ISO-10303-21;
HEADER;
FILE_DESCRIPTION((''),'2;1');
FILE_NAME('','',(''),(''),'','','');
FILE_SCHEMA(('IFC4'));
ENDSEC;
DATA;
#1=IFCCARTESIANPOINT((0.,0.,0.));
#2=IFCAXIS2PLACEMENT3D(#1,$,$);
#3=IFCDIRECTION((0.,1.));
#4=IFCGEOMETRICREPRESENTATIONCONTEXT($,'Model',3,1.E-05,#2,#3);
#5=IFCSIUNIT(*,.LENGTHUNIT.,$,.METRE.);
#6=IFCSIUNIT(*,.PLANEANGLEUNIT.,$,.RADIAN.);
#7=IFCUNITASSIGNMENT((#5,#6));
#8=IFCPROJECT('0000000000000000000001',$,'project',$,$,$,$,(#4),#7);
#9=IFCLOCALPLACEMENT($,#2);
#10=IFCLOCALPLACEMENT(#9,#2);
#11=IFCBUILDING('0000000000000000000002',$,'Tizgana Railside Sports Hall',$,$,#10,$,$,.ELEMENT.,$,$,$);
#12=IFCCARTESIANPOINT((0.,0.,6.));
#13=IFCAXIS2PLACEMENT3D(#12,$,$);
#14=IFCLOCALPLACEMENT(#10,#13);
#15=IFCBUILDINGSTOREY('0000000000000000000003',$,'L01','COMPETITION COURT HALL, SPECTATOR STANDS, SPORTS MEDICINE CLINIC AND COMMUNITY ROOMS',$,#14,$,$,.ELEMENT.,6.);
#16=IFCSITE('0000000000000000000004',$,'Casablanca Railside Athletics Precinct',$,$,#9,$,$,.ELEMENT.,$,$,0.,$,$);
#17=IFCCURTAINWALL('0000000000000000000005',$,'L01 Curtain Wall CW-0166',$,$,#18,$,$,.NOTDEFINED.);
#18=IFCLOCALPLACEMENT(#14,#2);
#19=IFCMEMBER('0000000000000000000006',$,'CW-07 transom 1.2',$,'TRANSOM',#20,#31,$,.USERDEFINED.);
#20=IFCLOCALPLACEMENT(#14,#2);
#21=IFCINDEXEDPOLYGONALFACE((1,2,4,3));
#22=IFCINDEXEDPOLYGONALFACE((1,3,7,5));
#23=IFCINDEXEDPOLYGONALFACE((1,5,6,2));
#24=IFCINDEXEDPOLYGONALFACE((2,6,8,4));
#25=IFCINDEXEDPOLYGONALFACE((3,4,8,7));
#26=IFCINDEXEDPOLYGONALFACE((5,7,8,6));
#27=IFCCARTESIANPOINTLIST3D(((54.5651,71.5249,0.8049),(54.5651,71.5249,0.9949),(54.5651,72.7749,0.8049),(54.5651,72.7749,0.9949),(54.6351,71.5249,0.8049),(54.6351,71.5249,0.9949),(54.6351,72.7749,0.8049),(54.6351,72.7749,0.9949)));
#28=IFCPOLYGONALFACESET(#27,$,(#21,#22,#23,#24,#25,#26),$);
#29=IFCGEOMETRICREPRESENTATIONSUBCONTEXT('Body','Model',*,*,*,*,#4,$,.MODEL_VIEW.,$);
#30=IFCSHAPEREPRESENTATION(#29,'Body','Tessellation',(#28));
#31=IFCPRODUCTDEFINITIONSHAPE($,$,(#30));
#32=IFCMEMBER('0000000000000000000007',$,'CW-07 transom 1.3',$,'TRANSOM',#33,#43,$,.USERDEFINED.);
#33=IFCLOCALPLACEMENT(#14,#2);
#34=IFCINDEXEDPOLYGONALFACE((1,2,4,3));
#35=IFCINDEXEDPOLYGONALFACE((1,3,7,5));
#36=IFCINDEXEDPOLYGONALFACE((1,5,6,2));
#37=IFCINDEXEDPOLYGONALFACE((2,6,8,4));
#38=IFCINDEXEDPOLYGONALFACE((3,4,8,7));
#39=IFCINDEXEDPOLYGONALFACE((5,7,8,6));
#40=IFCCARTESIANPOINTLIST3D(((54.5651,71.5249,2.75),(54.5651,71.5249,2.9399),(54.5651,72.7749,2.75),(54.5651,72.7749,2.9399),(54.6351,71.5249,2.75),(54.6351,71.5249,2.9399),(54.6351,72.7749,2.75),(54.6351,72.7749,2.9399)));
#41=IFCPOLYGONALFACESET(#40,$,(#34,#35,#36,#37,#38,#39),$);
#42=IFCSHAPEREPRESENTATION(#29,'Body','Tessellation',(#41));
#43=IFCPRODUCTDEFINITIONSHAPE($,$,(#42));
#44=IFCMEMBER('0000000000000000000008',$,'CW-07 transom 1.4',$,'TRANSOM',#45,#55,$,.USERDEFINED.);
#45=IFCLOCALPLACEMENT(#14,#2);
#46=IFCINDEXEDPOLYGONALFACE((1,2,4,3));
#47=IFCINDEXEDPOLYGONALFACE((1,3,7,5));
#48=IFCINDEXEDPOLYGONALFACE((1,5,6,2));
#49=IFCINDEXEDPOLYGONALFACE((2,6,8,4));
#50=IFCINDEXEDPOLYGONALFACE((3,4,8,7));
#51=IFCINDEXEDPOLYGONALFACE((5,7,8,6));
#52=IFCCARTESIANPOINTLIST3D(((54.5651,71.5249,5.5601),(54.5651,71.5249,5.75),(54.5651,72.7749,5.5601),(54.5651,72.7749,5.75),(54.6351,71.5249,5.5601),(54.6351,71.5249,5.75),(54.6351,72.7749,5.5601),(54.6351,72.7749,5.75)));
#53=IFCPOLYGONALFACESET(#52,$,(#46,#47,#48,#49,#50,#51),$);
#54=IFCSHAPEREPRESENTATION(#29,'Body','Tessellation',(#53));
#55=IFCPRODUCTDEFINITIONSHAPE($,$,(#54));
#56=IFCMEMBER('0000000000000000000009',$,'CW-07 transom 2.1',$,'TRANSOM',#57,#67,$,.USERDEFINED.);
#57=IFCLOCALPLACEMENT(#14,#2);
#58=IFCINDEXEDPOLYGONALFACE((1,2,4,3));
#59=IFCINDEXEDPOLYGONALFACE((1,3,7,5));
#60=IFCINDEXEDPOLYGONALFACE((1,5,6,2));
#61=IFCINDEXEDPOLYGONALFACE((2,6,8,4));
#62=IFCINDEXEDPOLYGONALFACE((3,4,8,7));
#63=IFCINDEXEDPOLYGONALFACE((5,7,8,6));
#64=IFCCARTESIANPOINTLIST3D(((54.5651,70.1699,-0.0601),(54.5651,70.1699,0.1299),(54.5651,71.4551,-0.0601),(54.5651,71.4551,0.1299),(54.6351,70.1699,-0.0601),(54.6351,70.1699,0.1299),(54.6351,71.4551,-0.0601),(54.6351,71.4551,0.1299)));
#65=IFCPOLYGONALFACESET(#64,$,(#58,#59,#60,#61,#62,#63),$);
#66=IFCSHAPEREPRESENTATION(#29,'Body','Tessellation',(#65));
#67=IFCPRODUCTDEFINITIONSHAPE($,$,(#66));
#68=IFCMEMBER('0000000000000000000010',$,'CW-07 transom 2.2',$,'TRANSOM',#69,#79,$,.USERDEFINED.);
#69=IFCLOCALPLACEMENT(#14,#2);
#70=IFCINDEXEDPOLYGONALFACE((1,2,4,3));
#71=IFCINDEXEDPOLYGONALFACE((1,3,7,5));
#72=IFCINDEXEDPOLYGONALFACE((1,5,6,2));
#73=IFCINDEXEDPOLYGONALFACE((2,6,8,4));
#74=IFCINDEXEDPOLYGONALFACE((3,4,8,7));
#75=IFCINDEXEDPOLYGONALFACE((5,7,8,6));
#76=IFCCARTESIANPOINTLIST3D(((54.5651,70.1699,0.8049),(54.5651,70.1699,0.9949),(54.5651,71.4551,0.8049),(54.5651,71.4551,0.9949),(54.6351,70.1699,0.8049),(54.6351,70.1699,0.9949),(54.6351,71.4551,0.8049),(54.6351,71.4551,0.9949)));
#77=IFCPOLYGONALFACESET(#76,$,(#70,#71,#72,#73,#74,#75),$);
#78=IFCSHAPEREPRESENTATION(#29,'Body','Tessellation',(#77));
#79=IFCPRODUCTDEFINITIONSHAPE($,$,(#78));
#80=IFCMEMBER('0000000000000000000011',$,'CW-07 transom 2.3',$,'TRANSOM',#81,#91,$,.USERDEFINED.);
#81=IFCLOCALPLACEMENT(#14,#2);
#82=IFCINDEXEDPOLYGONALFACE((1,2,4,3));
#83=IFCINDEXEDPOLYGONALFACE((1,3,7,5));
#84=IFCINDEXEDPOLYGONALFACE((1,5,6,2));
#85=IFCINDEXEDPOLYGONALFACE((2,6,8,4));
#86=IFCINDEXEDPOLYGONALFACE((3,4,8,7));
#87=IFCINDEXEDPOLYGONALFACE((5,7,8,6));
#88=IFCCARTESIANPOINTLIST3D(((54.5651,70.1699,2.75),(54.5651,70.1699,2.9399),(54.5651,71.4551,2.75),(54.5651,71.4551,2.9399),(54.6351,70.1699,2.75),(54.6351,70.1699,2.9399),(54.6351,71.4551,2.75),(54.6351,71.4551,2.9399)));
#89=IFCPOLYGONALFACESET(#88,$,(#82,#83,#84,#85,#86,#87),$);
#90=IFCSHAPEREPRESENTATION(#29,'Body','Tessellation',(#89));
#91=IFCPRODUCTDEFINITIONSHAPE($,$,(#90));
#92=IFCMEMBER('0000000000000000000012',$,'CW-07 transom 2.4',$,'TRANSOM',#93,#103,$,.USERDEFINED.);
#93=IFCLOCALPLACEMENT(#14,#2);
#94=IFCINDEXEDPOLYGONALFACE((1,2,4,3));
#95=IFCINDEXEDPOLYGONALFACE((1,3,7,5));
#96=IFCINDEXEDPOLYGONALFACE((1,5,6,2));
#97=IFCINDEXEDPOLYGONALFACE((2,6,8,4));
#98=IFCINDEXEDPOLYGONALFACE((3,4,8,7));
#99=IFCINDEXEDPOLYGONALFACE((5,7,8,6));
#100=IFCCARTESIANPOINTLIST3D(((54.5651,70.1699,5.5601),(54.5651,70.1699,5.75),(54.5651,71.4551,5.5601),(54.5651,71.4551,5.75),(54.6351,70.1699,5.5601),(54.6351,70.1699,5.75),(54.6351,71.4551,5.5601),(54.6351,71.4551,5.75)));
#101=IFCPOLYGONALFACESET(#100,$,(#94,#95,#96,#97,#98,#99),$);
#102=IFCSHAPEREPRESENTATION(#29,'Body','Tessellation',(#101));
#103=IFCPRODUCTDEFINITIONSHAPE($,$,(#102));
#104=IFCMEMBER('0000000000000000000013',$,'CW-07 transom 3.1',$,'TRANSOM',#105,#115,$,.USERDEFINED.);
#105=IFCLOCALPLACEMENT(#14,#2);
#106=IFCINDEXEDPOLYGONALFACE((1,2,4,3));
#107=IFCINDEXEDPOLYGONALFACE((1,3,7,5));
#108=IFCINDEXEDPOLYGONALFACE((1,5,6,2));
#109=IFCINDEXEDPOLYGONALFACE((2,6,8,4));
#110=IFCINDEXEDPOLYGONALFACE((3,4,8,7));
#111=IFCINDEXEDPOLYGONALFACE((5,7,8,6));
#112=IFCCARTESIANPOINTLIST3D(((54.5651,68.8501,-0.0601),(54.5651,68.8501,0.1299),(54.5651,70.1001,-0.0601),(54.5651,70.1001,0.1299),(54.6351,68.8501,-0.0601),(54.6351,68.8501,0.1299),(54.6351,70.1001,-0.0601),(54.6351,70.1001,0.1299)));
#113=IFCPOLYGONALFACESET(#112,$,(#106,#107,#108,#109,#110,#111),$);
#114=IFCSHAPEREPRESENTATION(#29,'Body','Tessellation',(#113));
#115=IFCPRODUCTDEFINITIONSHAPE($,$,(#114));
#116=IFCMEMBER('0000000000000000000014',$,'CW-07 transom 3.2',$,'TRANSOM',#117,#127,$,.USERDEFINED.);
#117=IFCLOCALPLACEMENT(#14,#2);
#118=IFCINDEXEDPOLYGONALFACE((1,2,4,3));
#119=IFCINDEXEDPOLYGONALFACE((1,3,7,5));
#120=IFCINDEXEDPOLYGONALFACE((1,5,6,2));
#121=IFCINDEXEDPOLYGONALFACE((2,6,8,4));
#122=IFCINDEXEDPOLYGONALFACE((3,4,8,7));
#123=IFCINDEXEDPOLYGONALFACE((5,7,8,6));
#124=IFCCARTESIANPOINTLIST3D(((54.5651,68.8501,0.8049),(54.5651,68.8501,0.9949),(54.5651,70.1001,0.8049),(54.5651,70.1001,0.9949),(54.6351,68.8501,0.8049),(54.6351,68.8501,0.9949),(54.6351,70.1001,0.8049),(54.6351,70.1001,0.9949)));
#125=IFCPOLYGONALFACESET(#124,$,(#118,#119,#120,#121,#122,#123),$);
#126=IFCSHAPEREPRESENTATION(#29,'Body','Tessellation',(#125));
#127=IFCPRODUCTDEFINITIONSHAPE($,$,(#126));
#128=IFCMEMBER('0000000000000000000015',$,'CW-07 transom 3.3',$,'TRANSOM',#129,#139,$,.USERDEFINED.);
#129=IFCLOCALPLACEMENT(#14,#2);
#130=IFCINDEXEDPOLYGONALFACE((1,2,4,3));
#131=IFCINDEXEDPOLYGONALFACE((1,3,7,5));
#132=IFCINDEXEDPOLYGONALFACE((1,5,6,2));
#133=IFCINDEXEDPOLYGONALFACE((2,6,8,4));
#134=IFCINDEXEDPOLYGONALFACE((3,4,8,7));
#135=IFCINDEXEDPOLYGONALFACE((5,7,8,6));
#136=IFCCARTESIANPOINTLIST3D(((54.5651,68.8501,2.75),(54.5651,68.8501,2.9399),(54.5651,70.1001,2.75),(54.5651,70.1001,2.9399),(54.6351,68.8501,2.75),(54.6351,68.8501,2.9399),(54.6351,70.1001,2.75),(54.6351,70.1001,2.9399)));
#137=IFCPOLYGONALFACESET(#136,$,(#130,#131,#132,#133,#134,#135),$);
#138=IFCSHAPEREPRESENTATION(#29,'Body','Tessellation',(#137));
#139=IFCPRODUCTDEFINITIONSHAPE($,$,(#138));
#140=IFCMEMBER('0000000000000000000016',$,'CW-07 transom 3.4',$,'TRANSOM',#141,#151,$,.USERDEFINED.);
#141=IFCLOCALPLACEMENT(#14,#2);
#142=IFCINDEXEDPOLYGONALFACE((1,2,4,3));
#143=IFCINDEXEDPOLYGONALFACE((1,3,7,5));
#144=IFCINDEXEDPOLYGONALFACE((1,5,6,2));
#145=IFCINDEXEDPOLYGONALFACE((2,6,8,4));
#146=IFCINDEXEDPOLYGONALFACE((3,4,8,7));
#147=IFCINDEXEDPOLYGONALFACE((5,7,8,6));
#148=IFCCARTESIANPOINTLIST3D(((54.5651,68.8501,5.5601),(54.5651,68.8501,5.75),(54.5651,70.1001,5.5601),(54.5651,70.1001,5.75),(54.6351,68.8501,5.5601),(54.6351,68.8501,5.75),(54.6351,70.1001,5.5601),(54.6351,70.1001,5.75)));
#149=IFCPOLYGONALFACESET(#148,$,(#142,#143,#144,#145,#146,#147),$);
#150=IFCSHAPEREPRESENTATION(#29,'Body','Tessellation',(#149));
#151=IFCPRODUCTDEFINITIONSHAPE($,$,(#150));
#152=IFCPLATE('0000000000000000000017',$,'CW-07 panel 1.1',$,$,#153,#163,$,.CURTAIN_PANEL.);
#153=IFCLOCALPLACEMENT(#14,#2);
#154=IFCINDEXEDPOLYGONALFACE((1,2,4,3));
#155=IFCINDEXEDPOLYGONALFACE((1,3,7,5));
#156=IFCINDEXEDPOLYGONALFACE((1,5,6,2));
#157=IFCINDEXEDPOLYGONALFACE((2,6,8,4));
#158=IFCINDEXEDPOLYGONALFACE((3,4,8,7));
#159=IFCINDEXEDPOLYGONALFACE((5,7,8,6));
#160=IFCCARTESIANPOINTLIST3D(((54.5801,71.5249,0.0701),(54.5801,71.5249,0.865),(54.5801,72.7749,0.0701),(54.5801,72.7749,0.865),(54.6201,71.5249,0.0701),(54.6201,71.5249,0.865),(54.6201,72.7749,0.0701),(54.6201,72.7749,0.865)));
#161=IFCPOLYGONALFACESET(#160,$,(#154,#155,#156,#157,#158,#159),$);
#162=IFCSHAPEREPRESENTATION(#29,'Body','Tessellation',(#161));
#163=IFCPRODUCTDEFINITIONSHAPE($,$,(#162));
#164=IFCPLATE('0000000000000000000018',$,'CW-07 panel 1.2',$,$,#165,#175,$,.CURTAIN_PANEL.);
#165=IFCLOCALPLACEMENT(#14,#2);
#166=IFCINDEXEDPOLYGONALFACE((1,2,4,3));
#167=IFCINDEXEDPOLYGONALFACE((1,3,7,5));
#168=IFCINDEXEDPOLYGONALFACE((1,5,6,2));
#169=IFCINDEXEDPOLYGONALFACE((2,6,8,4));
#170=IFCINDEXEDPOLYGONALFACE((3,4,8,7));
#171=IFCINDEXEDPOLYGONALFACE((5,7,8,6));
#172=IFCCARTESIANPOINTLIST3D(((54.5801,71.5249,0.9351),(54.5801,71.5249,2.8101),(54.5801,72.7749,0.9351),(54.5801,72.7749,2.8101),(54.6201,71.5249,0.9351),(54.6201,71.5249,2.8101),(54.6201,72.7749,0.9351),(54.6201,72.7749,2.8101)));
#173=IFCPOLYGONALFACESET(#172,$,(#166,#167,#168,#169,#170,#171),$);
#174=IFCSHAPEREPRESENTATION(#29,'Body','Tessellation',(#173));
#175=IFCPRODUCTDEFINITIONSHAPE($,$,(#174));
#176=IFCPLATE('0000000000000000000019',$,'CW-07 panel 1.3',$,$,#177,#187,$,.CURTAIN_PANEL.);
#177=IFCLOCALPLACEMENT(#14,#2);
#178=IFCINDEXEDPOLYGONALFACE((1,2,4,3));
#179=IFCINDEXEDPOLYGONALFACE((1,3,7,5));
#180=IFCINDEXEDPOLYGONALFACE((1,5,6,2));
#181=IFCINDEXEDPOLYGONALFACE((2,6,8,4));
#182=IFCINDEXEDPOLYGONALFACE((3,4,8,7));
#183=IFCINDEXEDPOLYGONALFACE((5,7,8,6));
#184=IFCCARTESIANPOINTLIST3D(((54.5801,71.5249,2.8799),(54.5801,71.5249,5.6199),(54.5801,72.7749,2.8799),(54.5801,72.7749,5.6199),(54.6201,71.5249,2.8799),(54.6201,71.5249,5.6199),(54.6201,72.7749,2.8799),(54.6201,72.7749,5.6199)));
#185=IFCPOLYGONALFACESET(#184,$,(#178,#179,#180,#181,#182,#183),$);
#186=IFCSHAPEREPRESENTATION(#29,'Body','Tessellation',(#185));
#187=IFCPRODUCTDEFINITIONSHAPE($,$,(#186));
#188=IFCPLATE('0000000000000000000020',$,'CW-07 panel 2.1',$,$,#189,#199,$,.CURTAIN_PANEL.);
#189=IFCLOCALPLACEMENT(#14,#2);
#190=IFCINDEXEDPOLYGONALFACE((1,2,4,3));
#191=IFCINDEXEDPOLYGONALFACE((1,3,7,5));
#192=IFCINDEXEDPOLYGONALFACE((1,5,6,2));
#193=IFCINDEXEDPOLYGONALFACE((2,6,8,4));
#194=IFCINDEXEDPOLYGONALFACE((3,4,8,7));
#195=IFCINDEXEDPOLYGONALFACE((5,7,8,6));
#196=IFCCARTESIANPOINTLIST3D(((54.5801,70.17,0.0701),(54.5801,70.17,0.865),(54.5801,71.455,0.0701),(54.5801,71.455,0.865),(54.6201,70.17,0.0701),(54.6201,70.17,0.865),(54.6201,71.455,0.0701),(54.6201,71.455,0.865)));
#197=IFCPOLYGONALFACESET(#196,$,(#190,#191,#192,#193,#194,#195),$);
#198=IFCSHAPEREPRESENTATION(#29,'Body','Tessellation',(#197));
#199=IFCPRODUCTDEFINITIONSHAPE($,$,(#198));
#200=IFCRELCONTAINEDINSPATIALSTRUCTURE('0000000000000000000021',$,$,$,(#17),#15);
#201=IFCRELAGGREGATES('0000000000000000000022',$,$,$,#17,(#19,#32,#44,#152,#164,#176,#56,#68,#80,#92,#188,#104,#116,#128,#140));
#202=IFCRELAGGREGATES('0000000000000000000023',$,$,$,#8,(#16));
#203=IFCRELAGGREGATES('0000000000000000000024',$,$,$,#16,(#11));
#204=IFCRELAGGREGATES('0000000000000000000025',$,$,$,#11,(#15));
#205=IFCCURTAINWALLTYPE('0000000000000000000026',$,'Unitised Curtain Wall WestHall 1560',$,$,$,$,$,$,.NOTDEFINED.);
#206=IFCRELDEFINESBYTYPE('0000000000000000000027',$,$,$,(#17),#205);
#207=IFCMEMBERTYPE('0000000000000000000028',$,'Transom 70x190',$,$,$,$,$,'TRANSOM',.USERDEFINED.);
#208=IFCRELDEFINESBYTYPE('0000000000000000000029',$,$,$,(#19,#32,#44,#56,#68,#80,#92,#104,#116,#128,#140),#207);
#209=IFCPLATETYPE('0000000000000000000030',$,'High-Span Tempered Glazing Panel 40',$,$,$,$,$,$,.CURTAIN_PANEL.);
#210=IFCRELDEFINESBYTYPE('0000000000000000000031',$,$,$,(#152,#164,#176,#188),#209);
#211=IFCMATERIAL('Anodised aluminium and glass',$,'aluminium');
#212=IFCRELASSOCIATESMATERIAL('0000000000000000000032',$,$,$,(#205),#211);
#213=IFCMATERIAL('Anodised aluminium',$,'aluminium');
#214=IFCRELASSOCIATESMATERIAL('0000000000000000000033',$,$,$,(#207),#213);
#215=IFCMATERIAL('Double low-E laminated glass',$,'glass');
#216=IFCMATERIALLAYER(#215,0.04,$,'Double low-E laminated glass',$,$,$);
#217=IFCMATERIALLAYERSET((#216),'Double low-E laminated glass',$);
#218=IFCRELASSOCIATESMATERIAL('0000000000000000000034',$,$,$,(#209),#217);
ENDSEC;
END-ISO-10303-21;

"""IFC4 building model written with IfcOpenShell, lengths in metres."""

from ifc_helpers import new_model, si_unit, direction, frame, origin, origin_2d, place, context, subcontext, project, spatial, rectangle, extrude, material, layer, layer_set, material_profile, profile_set, type_object, element, aggregate, save


model = new_model("IFC4")

# Units and contexts
model_context = context("Model", 3, precision=1e-05, world=origin(), true_north=direction((0.0, 1.0)))
body_context = subcontext(model_context, "Body", "Model", "MODEL_VIEW")
ifc_project = project(units=[si_unit("LENGTHUNIT", "METRE"), si_unit("PLANEANGLEUNIT", "RADIAN")], contexts=[model_context])

# Site, building, storey
site_placement = place(None, origin())
site = spatial("IfcSite", under=ifc_project, at=site_placement, Name="Casablanca Railside Athletics Precinct", CompositionType="ELEMENT", RefElevation=0.0)
building_placement = place(site_placement, origin())
building = spatial("IfcBuilding", under=site, at=building_placement, Name="Tizgana Railside Sports Hall", CompositionType="ELEMENT")
storey_placement = place(building_placement, frame((0.0, 0.0, 6.0)))
storey = spatial("IfcBuildingStorey", under=building, at=storey_placement, Name="L01", Description="COMPETITION COURT HALL, SPECTATOR STANDS, SPORTS MEDICINE CLINIC AND COMMUNITY ROOMS", CompositionType="ELEMENT", Elevation=6.0)

# Shared definitions
ifc_material_1 = material(Name="Anodised aluminium and glass", Category="aluminium")
ifc_material_2 = material(Name="Anodised aluminium", Category="aluminium")

# Curtain wall
curtain_wall_type_1 = type_object("IfcCurtainWallType", Name="Unitised Curtain Wall WestHall 1560", PredefinedType="NOTDEFINED", material=ifc_material_1)
curtain_wall_1_placement = place(storey_placement, origin())
curtain_wall_1 = element("IfcCurtainWall", 1, at=curtain_wall_1_placement, inside=storey, type_object=curtain_wall_type_1, Name="L01 Curtain Wall CW-0166", PredefinedType="NOTDEFINED")

# Members
ifc_material_profile_1 = material_profile(ifc_material_2, rectangle(XDim=0.0701, YDim=0.1899, at=origin_2d()), Name="Transom 70x190")
ifc_profile_set_1 = profile_set([ifc_material_profile_1], Name="Anodised aluminium")
member_type_1 = type_object("IfcMemberType", Name="Transom 70x190", ElementType="TRANSOM", PredefinedType="USERDEFINED", material=ifc_profile_set_1)
member_1_placement = place(storey_placement, frame((54.6001, 72.7749, 0.8999), z_axis=(0.0, -1.0, 0.0), x_axis=(1.0, 0.0, 0.0)))
member_1 = element("IfcMember", 2, at=member_1_placement, type_object=member_type_1, Name="CW-07 transom 1.2", ObjectType="TRANSOM", PredefinedType="USERDEFINED", context=body_context, shape_type="SweptSolid", body=[
    extrude(rectangle(XDim=0.0701, YDim=0.1899, at=origin_2d()), origin(), (0.0, 0.0, 1.0), 1.25),
])
member_2_placement = place(storey_placement, frame((54.6001, 72.7749, 2.845), z_axis=(0.0, -1.0, 0.0), x_axis=(1.0, 0.0, 0.0)))
member_2 = element("IfcMember", 3, at=member_2_placement, type_object=member_type_1, Name="CW-07 transom 1.3", ObjectType="TRANSOM", PredefinedType="USERDEFINED", context=body_context, shape_type="SweptSolid", body=[
    extrude(rectangle(XDim=0.0701, YDim=0.1899, at=origin_2d()), origin(), (0.0, 0.0, 1.0), 1.25),
])
member_3_placement = place(storey_placement, frame((54.6001, 72.7749, 5.655), z_axis=(0.0, -1.0, 0.0), x_axis=(1.0, 0.0, 0.0)))
member_3 = element("IfcMember", 4, at=member_3_placement, type_object=member_type_1, Name="CW-07 transom 1.4", ObjectType="TRANSOM", PredefinedType="USERDEFINED", context=body_context, shape_type="SweptSolid", body=[
    extrude(rectangle(XDim=0.0701, YDim=0.1899, at=origin_2d()), origin(), (0.0, 0.0, 1.0), 1.25),
])
member_4_placement = place(storey_placement, frame((54.6001, 71.4551, 0.0349), z_axis=(0.0, -1.0, 0.0), x_axis=(1.0, 0.0, 0.0)))
member_4 = element("IfcMember", 5, at=member_4_placement, type_object=member_type_1, Name="CW-07 transom 2.1", ObjectType="TRANSOM", PredefinedType="USERDEFINED", context=body_context, shape_type="SweptSolid", body=[
    extrude(rectangle(XDim=0.0701, YDim=0.1899, at=origin_2d()), origin(), (0.0, 0.0, 1.0), 1.2852),
])
member_5_placement = place(storey_placement, frame((54.6001, 71.4551, 0.8999), z_axis=(0.0, -1.0, 0.0), x_axis=(1.0, 0.0, 0.0)))
member_5 = element("IfcMember", 6, at=member_5_placement, type_object=member_type_1, Name="CW-07 transom 2.2", ObjectType="TRANSOM", PredefinedType="USERDEFINED", context=body_context, shape_type="SweptSolid", body=[
    extrude(rectangle(XDim=0.0701, YDim=0.1899, at=origin_2d()), origin(), (0.0, 0.0, 1.0), 1.2852),
])
member_6_placement = place(storey_placement, frame((54.6001, 71.4551, 2.845), z_axis=(0.0, -1.0, 0.0), x_axis=(1.0, 0.0, 0.0)))
member_6 = element("IfcMember", 7, at=member_6_placement, type_object=member_type_1, Name="CW-07 transom 2.3", ObjectType="TRANSOM", PredefinedType="USERDEFINED", context=body_context, shape_type="SweptSolid", body=[
    extrude(rectangle(XDim=0.0701, YDim=0.1899, at=origin_2d()), origin(), (0.0, 0.0, 1.0), 1.2852),
])
member_7_placement = place(storey_placement, frame((54.6001, 71.4551, 5.655), z_axis=(0.0, -1.0, 0.0), x_axis=(1.0, 0.0, 0.0)))
member_7 = element("IfcMember", 8, at=member_7_placement, type_object=member_type_1, Name="CW-07 transom 2.4", ObjectType="TRANSOM", PredefinedType="USERDEFINED", context=body_context, shape_type="SweptSolid", body=[
    extrude(rectangle(XDim=0.0701, YDim=0.1899, at=origin_2d()), origin(), (0.0, 0.0, 1.0), 1.2852),
])
member_8_placement = place(storey_placement, frame((54.6001, 70.1001, 0.0349), z_axis=(0.0, -1.0, 0.0), x_axis=(1.0, 0.0, 0.0)))
member_8 = element("IfcMember", 9, at=member_8_placement, type_object=member_type_1, Name="CW-07 transom 3.1", ObjectType="TRANSOM", PredefinedType="USERDEFINED", context=body_context, shape_type="SweptSolid", body=[
    extrude(rectangle(XDim=0.0701, YDim=0.1899, at=origin_2d()), origin(), (0.0, 0.0, 1.0), 1.25),
])
member_9_placement = place(storey_placement, frame((54.6001, 70.1001, 0.8999), z_axis=(0.0, -1.0, 0.0), x_axis=(1.0, 0.0, 0.0)))
member_9 = element("IfcMember", 10, at=member_9_placement, type_object=member_type_1, Name="CW-07 transom 3.2", ObjectType="TRANSOM", PredefinedType="USERDEFINED", context=body_context, shape_type="SweptSolid", body=[
    extrude(rectangle(XDim=0.0701, YDim=0.1899, at=origin_2d()), origin(), (0.0, 0.0, 1.0), 1.25),
])
member_10_placement = place(storey_placement, frame((54.6001, 70.1001, 2.845), z_axis=(0.0, -1.0, 0.0), x_axis=(1.0, 0.0, 0.0)))
member_10 = element("IfcMember", 11, at=member_10_placement, type_object=member_type_1, Name="CW-07 transom 3.3", ObjectType="TRANSOM", PredefinedType="USERDEFINED", context=body_context, shape_type="SweptSolid", body=[
    extrude(rectangle(XDim=0.0701, YDim=0.1899, at=origin_2d()), origin(), (0.0, 0.0, 1.0), 1.25),
])
member_11_placement = place(storey_placement, frame((54.6001, 70.1001, 5.655), z_axis=(0.0, -1.0, 0.0), x_axis=(1.0, 0.0, 0.0)))
member_11 = element("IfcMember", 12, at=member_11_placement, type_object=member_type_1, Name="CW-07 transom 3.4", ObjectType="TRANSOM", PredefinedType="USERDEFINED", context=body_context, shape_type="SweptSolid", body=[
    extrude(rectangle(XDim=0.0701, YDim=0.1899, at=origin_2d()), origin(), (0.0, 0.0, 1.0), 1.25),
])

# Plates
ifc_material_3 = material(Name="Double low-E laminated glass", Category="glass")
ifc_layer_1 = layer(ifc_material_3, 0.04, Name="Double low-E laminated glass")
ifc_layer_set_1 = layer_set([ifc_layer_1], Name="Double low-E laminated glass")
plate_type_1 = type_object("IfcPlateType", Name="High-Span Tempered Glazing Panel 40", PredefinedType="CURTAIN_PANEL", material=ifc_layer_set_1)
plate_1_placement = place(storey_placement, frame((54.6001, 72.1499, 0.0701), z_axis=(0.0, 0.0, 1.0), x_axis=(0.0, -1.0, 0.0)))
plate_1 = element("IfcPlate", 13, at=plate_1_placement, type_object=plate_type_1, Name="CW-07 panel 1.1", PredefinedType="CURTAIN_PANEL", context=body_context, shape_type="SweptSolid", body=[
    extrude(rectangle(XDim=1.25, YDim=0.04, at=origin_2d()), origin(), (0.0, 0.0, 1.0), 0.7949),
])
plate_2_placement = place(storey_placement, frame((54.6001, 72.1499, 0.9351), z_axis=(0.0, 0.0, 1.0), x_axis=(0.0, -1.0, 0.0)))
plate_2 = element("IfcPlate", 14, at=plate_2_placement, type_object=plate_type_1, Name="CW-07 panel 1.2", PredefinedType="CURTAIN_PANEL", context=body_context, shape_type="SweptSolid", body=[
    extrude(rectangle(XDim=1.25, YDim=0.04, at=origin_2d()), origin(), (0.0, 0.0, 1.0), 1.875),
])
plate_3_placement = place(storey_placement, frame((54.6001, 72.1499, 2.8799), z_axis=(0.0, 0.0, 1.0), x_axis=(0.0, -1.0, 0.0)))
plate_3 = element("IfcPlate", 15, at=plate_3_placement, type_object=plate_type_1, Name="CW-07 panel 1.3", PredefinedType="CURTAIN_PANEL", context=body_context, shape_type="SweptSolid", body=[
    extrude(rectangle(XDim=1.25, YDim=0.04, at=origin_2d()), origin(), (0.0, 0.0, 1.0), 2.74),
])
plate_4_placement = place(storey_placement, frame((54.6001, 70.8125, 0.0701), z_axis=(0.0, 0.0, 1.0), x_axis=(0.0, -1.0, 0.0)))
plate_4 = element("IfcPlate", 16, at=plate_4_placement, type_object=plate_type_1, Name="CW-07 panel 2.1", PredefinedType="CURTAIN_PANEL", context=body_context, shape_type="SweptSolid", body=[
    extrude(rectangle(XDim=1.2849, YDim=0.04, at=origin_2d()), origin(), (0.0, 0.0, 1.0), 0.7949),
])
aggregate(curtain_wall_1, [member_1, member_2, member_3, plate_1, plate_2, plate_3, member_4, member_5, member_6, member_7, plate_4, member_8, member_9, member_10, member_11])

save(model, "model.ifc")
